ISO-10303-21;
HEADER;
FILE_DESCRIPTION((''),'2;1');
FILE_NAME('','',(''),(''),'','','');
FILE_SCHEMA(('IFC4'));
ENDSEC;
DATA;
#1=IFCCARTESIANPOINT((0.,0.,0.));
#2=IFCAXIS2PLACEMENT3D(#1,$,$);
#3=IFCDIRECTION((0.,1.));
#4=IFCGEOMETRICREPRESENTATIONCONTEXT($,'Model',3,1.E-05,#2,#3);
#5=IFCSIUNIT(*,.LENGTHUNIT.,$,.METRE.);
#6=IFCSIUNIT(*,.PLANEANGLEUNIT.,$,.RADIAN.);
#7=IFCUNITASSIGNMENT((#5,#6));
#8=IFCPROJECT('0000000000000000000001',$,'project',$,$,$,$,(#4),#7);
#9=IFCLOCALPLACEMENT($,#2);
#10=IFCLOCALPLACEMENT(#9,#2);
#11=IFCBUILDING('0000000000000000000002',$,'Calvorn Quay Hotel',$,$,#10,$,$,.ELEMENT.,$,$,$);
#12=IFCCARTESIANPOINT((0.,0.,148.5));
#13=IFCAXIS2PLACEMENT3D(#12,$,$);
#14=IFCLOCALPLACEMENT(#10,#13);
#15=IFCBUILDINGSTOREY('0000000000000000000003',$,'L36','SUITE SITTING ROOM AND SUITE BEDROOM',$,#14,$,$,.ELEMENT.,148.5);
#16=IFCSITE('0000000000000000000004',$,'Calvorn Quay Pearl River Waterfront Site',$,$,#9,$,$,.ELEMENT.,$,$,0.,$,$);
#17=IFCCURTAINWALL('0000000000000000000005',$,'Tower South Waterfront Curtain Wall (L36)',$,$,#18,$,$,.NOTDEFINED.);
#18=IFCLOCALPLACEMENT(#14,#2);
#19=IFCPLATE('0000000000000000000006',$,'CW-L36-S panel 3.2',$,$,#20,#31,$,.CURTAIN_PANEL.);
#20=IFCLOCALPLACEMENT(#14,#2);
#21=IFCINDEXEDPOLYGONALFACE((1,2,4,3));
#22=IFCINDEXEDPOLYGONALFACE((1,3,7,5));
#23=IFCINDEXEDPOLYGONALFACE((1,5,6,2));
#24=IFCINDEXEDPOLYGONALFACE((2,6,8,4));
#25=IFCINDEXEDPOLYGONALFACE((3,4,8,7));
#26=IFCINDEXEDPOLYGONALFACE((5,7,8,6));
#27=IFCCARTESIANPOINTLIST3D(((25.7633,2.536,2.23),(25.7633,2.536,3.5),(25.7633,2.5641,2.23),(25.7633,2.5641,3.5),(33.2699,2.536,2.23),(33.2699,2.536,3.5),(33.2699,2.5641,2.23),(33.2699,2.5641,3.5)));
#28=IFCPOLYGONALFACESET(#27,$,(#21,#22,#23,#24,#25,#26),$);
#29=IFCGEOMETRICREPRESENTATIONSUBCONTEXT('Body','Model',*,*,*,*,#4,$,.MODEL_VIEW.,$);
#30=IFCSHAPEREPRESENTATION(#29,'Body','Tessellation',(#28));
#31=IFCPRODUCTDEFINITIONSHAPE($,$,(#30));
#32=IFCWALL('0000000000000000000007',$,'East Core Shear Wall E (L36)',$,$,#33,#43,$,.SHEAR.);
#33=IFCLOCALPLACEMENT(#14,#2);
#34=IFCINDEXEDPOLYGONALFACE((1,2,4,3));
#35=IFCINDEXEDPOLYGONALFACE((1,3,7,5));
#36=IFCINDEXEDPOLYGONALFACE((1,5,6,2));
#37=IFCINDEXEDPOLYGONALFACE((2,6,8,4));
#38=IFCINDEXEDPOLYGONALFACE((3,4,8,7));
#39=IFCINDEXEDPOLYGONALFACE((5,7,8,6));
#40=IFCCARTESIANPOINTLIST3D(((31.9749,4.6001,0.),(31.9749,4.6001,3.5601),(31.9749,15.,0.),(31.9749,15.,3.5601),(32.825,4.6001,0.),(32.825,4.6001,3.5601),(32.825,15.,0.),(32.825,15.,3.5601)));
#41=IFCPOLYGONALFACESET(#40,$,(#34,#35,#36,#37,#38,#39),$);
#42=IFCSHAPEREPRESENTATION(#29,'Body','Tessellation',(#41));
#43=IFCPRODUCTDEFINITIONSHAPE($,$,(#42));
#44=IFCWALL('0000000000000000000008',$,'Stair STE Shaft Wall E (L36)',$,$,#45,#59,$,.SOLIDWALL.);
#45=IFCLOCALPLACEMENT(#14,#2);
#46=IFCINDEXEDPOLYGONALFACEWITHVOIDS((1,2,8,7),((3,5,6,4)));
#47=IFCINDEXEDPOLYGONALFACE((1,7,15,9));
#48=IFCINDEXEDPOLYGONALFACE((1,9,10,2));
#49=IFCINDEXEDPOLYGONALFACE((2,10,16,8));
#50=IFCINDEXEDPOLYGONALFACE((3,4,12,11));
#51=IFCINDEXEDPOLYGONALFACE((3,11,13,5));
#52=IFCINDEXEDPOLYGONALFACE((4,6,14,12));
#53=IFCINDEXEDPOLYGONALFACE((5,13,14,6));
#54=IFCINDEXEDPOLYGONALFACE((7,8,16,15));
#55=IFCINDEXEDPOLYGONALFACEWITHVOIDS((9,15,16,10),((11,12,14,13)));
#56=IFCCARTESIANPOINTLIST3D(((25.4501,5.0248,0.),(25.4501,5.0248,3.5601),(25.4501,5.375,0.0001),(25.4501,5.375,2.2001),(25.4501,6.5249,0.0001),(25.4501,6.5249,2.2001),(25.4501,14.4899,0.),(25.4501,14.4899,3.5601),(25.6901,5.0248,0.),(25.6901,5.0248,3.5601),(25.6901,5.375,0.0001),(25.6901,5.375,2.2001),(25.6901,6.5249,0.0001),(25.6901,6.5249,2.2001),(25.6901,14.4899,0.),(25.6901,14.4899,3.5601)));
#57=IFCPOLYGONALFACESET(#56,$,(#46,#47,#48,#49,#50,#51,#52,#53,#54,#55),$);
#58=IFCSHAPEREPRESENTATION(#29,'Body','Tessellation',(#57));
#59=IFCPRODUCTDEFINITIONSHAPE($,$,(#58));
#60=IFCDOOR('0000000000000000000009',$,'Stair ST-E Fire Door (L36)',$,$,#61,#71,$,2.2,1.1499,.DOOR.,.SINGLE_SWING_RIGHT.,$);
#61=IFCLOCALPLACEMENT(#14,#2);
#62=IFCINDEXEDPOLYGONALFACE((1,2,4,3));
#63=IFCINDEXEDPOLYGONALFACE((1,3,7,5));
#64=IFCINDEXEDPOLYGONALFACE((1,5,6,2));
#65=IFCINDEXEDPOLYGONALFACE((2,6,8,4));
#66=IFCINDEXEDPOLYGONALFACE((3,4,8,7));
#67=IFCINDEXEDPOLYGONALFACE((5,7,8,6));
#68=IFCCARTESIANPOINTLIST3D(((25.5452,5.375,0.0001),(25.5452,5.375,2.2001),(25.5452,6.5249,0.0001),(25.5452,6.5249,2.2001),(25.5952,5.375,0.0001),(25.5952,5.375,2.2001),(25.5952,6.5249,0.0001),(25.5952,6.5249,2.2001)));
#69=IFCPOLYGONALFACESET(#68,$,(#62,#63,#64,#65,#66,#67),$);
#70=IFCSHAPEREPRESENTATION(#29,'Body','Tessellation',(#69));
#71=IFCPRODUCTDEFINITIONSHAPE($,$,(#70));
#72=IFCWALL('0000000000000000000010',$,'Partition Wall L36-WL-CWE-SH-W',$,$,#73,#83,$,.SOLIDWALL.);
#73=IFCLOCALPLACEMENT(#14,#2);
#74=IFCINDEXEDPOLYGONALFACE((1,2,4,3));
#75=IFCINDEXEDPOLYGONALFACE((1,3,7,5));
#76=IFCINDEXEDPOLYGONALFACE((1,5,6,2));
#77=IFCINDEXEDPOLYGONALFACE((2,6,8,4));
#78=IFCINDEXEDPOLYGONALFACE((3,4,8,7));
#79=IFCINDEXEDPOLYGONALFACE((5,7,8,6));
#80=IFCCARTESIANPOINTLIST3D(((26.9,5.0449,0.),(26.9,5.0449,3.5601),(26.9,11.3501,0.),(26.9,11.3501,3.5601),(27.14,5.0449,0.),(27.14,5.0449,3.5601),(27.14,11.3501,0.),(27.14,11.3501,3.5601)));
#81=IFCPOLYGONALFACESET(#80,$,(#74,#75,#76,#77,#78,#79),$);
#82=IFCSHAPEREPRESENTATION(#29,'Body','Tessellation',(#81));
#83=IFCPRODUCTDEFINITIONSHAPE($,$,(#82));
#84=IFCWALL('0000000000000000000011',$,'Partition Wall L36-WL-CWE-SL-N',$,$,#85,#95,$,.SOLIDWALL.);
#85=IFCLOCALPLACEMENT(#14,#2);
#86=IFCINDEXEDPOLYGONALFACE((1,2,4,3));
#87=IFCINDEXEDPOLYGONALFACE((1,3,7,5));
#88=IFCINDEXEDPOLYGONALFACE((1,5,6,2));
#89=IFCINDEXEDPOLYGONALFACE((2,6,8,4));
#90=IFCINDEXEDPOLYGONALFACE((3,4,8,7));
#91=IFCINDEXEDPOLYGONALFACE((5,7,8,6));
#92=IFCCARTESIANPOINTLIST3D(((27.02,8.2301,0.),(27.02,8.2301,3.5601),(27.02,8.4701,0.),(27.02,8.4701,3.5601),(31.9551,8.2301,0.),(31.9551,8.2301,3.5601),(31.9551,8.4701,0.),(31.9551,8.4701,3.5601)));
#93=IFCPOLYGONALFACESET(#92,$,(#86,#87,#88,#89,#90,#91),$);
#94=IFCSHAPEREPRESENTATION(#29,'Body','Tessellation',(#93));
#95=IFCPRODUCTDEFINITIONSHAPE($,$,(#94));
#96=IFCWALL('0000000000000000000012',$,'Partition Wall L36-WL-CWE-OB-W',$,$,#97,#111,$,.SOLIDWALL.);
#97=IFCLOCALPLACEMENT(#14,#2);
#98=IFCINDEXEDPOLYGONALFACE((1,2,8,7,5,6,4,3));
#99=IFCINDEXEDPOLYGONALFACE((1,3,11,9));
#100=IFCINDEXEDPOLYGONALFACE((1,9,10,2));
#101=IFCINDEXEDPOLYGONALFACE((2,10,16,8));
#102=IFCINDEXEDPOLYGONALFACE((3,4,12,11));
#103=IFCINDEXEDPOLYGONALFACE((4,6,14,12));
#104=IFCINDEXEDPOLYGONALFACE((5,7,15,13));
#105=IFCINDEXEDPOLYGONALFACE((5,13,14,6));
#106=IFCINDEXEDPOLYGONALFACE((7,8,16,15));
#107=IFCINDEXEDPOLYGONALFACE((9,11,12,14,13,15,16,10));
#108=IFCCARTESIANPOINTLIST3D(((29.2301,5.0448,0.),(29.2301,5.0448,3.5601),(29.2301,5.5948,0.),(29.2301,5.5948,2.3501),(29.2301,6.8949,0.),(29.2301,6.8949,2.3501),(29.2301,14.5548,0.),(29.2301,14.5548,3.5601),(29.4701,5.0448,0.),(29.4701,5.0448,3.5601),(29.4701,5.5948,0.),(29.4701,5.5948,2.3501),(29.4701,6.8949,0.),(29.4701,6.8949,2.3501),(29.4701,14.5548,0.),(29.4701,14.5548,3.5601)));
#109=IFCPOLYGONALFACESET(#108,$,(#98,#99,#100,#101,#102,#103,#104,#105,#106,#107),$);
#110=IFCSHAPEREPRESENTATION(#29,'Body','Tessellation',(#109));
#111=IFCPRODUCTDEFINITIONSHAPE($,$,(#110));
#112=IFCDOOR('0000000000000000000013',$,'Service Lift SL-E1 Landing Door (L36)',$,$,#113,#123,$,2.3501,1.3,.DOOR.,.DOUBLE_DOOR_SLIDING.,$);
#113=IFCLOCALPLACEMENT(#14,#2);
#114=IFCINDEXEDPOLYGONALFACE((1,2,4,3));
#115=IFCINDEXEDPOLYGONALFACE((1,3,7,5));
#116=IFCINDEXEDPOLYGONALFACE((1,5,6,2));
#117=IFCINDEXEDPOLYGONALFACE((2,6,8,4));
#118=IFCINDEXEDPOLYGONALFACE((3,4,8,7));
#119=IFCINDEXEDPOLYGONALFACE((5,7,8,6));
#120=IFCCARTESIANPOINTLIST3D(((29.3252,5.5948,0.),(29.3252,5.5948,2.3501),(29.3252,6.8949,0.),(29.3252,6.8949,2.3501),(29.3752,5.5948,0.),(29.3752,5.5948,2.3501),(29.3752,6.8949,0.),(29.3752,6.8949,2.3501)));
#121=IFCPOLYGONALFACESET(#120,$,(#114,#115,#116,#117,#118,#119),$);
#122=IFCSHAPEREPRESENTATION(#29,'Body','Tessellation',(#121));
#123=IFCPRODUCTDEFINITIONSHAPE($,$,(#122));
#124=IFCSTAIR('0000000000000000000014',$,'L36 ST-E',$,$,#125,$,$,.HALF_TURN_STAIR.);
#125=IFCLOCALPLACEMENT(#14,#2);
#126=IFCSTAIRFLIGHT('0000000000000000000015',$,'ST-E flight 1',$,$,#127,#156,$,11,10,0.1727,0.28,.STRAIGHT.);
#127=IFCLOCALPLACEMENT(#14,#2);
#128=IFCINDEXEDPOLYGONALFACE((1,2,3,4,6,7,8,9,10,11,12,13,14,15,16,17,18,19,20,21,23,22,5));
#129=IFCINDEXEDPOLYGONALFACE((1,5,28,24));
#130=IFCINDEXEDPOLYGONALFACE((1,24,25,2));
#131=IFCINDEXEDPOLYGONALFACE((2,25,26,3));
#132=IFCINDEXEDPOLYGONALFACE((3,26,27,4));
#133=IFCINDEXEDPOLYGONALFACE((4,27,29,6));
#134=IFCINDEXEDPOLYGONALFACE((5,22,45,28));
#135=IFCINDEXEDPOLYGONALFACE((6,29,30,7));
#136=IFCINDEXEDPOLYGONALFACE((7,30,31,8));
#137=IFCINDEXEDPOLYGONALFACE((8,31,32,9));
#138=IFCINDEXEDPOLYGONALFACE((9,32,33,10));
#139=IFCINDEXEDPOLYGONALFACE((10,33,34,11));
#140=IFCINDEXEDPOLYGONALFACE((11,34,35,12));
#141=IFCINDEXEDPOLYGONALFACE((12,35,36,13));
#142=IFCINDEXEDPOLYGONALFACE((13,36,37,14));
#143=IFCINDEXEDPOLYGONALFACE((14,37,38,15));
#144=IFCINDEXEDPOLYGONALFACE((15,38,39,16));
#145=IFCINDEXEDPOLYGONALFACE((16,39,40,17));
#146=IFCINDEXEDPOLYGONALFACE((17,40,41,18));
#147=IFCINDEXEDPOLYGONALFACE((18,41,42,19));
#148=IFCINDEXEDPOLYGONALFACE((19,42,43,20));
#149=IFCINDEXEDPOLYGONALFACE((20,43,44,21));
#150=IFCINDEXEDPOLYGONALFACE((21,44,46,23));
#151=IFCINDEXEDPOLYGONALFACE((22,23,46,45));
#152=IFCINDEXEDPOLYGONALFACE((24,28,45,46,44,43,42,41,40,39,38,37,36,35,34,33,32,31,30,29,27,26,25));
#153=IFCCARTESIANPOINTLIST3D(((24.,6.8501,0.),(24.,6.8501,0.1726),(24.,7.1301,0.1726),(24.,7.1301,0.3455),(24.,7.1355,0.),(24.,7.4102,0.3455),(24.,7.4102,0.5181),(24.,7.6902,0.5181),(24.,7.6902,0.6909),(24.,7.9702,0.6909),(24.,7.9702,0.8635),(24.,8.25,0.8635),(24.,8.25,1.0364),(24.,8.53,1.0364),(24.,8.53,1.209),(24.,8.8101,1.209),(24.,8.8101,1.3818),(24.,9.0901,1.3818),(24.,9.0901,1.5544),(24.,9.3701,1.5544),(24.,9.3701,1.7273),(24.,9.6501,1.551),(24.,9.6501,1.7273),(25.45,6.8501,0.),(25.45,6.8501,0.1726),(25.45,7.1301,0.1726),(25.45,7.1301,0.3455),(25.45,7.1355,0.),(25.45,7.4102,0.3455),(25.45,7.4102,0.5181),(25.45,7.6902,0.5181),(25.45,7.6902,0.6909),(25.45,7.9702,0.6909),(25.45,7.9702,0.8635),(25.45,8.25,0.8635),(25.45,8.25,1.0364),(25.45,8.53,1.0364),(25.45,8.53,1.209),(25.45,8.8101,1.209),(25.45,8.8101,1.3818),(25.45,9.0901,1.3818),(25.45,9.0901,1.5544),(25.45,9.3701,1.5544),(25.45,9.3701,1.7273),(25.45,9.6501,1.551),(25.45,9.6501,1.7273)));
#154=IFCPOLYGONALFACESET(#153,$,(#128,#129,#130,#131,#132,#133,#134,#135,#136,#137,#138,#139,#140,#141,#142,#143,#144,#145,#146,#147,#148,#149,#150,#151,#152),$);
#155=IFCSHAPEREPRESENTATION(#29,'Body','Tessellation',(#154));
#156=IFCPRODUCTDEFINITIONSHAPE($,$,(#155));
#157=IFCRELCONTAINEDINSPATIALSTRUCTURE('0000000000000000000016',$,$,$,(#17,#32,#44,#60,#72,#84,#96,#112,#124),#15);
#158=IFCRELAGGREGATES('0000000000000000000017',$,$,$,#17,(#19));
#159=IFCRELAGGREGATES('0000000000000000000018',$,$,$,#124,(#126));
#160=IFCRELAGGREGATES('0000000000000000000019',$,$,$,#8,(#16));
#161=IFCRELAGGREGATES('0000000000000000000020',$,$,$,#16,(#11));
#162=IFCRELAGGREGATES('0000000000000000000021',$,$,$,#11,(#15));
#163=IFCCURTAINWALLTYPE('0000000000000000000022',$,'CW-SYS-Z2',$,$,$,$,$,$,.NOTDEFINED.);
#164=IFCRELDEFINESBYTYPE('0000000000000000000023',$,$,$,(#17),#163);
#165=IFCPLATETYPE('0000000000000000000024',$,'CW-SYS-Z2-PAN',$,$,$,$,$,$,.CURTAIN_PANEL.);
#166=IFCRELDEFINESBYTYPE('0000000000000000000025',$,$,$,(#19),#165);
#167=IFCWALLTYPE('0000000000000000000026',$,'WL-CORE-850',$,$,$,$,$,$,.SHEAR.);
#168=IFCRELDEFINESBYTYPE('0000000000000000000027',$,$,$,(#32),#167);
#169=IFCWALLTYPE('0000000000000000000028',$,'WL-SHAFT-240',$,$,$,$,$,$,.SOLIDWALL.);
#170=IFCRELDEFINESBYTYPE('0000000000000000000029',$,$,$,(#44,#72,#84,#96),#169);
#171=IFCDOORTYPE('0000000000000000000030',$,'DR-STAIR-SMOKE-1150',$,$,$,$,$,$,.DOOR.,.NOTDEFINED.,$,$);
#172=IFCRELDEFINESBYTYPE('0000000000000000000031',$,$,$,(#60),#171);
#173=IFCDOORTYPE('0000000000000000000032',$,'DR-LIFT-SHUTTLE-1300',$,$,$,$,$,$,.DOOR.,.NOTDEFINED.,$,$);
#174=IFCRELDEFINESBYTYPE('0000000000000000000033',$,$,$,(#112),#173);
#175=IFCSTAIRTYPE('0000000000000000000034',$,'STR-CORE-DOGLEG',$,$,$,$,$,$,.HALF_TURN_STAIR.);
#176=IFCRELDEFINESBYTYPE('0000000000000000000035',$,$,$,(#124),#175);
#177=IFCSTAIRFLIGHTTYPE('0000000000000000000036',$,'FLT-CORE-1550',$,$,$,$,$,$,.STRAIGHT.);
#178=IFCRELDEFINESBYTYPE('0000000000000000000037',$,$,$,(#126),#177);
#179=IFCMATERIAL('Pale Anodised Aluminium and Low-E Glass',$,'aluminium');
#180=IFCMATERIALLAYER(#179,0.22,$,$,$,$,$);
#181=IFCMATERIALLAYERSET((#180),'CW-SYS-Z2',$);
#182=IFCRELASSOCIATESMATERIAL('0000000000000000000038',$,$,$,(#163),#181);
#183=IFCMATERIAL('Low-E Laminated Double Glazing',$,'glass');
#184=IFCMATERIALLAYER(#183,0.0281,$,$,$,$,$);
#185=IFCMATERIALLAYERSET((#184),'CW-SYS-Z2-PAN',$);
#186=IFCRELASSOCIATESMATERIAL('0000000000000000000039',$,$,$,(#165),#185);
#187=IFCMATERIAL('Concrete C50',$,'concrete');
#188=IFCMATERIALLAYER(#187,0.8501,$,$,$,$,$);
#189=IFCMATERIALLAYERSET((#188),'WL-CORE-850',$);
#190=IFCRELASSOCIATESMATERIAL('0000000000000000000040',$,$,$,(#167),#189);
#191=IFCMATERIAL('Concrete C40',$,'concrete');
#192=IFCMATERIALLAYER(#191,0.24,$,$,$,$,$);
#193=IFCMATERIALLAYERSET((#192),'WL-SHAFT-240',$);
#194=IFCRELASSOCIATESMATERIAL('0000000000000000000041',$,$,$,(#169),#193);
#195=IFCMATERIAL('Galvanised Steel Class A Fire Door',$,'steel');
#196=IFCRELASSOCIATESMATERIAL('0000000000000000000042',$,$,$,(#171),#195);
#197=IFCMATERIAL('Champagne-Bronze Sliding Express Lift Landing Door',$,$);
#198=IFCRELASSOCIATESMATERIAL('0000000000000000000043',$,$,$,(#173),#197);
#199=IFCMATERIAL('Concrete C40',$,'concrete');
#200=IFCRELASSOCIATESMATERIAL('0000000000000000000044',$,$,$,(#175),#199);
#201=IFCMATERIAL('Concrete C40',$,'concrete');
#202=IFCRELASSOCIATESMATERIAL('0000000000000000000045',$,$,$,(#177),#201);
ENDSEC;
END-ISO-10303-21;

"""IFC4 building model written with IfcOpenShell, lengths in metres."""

from ifc_helpers import new_model, si_unit, direction, frame, frame_2d, origin, origin_2d, place, context, subcontext, project, spatial, polyline, rectangle, outline, extrude, material, layer, layer_set, type_object, element, fill, aggregate, save


model = new_model("IFC4")

# Units and contexts
model_context = context("Model", 3, precision=1e-05, world=origin(), true_north=direction((0.0, 1.0)))
body_context = subcontext(model_context, "Body", "Model", "MODEL_VIEW")
ifc_project = project(units=[si_unit("LENGTHUNIT", "METRE"), si_unit("PLANEANGLEUNIT", "RADIAN")], contexts=[model_context])

# Site, building, storey
site_placement = place(None, origin())
site = spatial("IfcSite", under=ifc_project, at=site_placement, Name="Calvorn Quay Pearl River Waterfront Site", CompositionType="ELEMENT", RefElevation=0.0)
building_placement = place(site_placement, origin())
building = spatial("IfcBuilding", under=site, at=building_placement, Name="Calvorn Quay Hotel", CompositionType="ELEMENT")
storey_placement = place(building_placement, frame((0.0, 0.0, 148.5)))
storey = spatial("IfcBuildingStorey", under=building, at=storey_placement, Name="L36", Description="SUITE SITTING ROOM AND SUITE BEDROOM", CompositionType="ELEMENT", Elevation=148.5)

# Curtain wall, plate
ifc_material_1 = material(Name="Pale Anodised Aluminium and Low-E Glass", Category="aluminium")
ifc_layer_1 = layer(ifc_material_1, 0.22)
ifc_layer_set_1 = layer_set([ifc_layer_1], Name="CW-SYS-Z2")
curtain_wall_type = type_object("IfcCurtainWallType", Name="CW-SYS-Z2", PredefinedType="NOTDEFINED", material=ifc_layer_set_1)
curtain_wall_placement = place(storey_placement, origin())
curtain_wall = element("IfcCurtainWall", 1, at=curtain_wall_placement, inside=storey, type_object=curtain_wall_type, Name="Tower South Waterfront Curtain Wall (L36)", PredefinedType="NOTDEFINED")
ifc_material_2 = material(Name="Low-E Laminated Double Glazing", Category="glass")
ifc_layer_2 = layer(ifc_material_2, 0.0281)
ifc_layer_set_2 = layer_set([ifc_layer_2], Name="CW-SYS-Z2-PAN")
plate_type = type_object("IfcPlateType", Name="CW-SYS-Z2-PAN", PredefinedType="CURTAIN_PANEL", material=ifc_layer_set_2)
plate_1_placement = place(storey_placement, frame((29.5166, 2.55, 2.23), z_axis=(0.0, 0.0, 1.0), x_axis=(1.0, 0.0, 0.0)))
plate_1 = element("IfcPlate", 2, at=plate_1_placement, type_object=plate_type, Name="CW-L36-S panel 3.2", PredefinedType="CURTAIN_PANEL", context=body_context, shape_type="SweptSolid", body=[
    extrude(rectangle(XDim=7.5066, YDim=0.0281, at=origin_2d()), origin(), (0.0, 0.0, 1.0), 1.27),
])
aggregate(curtain_wall, [plate_1])

# Wall
ifc_material_3 = material(Name="Concrete C50", Category="concrete")
ifc_layer_3 = layer(ifc_material_3, 0.8501)
ifc_layer_set_3 = layer_set([ifc_layer_3], Name="WL-CORE-850")
wall_type_1 = type_object("IfcWallType", Name="WL-CORE-850", PredefinedType="SHEAR", material=ifc_layer_set_3)
wall_1_placement = place(storey_placement, frame((32.3999, 4.6001, 0.0), z_axis=(0.0, 0.0, 1.0), x_axis=(0.0, 1.0, 0.0)))
element("IfcWall", 3, at=wall_1_placement, inside=storey, type_object=wall_type_1, Name="East Core Shear Wall E (L36)", PredefinedType="SHEAR", context=body_context, shape_type="SweptSolid", body=[
    extrude(rectangle(XDim=10.3999, YDim=0.8501, at=frame_2d((5.2, 0.0))), origin(), (0.0, 0.0, 1.0), 3.5601),
])

# Wall, opening, door
ifc_material_4 = material(Name="Concrete C40", Category="concrete")
ifc_layer_4 = layer(ifc_material_4, 0.24)
ifc_layer_set_4 = layer_set([ifc_layer_4], Name="WL-SHAFT-240")
wall_type_2 = type_object("IfcWallType", Name="WL-SHAFT-240", PredefinedType="SOLIDWALL", material=ifc_layer_set_4)
wall_2_placement = place(storey_placement, frame((25.5701, 5.0249, 0.0), z_axis=(0.0, 0.0, 1.0), x_axis=(0.0, 1.0, 0.0)))
wall_2 = element("IfcWall", 4, at=wall_2_placement, inside=storey, type_object=wall_type_2, Name="Stair STE Shaft Wall E (L36)", PredefinedType="SOLIDWALL", context=body_context, shape_type="SweptSolid", body=[
    extrude(rectangle(XDim=9.4651, YDim=0.24, at=frame_2d((4.7324, 0.0))), origin(), (0.0, 0.0, 1.0), 3.5601),
])
opening_1_placement = place(wall_2_placement, frame((0.3501, 0.0, 0.0)))
opening_1 = element("IfcOpeningElement", 5, at=opening_1_placement, cuts=wall_2, PredefinedType="OPENING", context=body_context, shape_type="SweptSolid", body=[
    extrude(rectangle(XDim=1.1499, YDim=2.2, at=frame_2d((0.575, 1.1001))), frame((0.0, 0.1299, 0.0), z_axis=(0.0, -1.0, 0.0), x_axis=(1.0, 0.0, 0.0)), (0.0, 0.0, 1.0), 0.26),
])
ifc_material_5 = material(Name="Galvanised Steel Class A Fire Door", Category="steel")
door_type_1 = type_object("IfcDoorType", Name="DR-STAIR-SMOKE-1150", OperationType="NOTDEFINED", PredefinedType="DOOR", material=ifc_material_5)
door_1_placement = place(opening_1_placement, origin())
door_1 = element("IfcDoor", 6, at=door_1_placement, inside=storey, type_object=door_type_1, Name="Stair ST-E Fire Door (L36)", OperationType="SINGLE_SWING_RIGHT", OverallHeight=2.2, OverallWidth=1.1499, PredefinedType="DOOR", context=body_context, shape_type="SweptSolid", body=[
    extrude(rectangle(XDim=1.1499, YDim=2.2, at=frame_2d((0.575, 1.1001))), frame((0.0, 0.0249, 0.0), z_axis=(0.0, -1.0, 0.0), x_axis=(1.0, 0.0, 0.0)), (0.0, 0.0, 1.0), 0.05),
])
fill(opening_1, door_1)

# Walls
wall_3_placement = place(storey_placement, frame((27.02, 5.0449, 0.0), z_axis=(0.0, 0.0, 1.0), x_axis=(0.0, 1.0, 0.0)))
element("IfcWall", 7, at=wall_3_placement, inside=storey, type_object=wall_type_2, Name="Partition Wall L36-WL-CWE-SH-W", PredefinedType="SOLIDWALL", context=body_context, shape_type="SweptSolid", body=[
    extrude(rectangle(XDim=6.3052, YDim=0.24, at=frame_2d((3.1526, 0.0))), origin(), (0.0, 0.0, 1.0), 3.5601),
])
wall_4_placement = place(storey_placement, frame((27.02, 8.3501, 0.0), z_axis=(0.0, 0.0, 1.0), x_axis=(1.0, 0.0, 0.0)))
element("IfcWall", 8, at=wall_4_placement, inside=storey, type_object=wall_type_2, Name="Partition Wall L36-WL-CWE-SL-N", PredefinedType="SOLIDWALL", context=body_context, shape_type="SweptSolid", body=[
    extrude(rectangle(XDim=4.9351, YDim=0.24, at=frame_2d((2.4675, 0.0))), origin(), (0.0, 0.0, 1.0), 3.5601),
])

# Wall, opening, door
wall_5_placement = place(storey_placement, frame((29.3501, 5.0449, 0.0), z_axis=(0.0, 0.0, 1.0), x_axis=(0.0, 1.0, 0.0)))
wall_5 = element("IfcWall", 9, at=wall_5_placement, inside=storey, type_object=wall_type_2, Name="Partition Wall L36-WL-CWE-OB-W", PredefinedType="SOLIDWALL", context=body_context, shape_type="SweptSolid", body=[
    extrude(rectangle(XDim=9.51, YDim=0.24, at=frame_2d((4.7549, 0.0))), origin(), (0.0, 0.0, 1.0), 3.5601),
])
opening_2_placement = place(wall_5_placement, frame((0.55, 0.0, 0.0)))
opening_2 = element("IfcOpeningElement", 10, at=opening_2_placement, cuts=wall_5, PredefinedType="OPENING", context=body_context, shape_type="SweptSolid", body=[
    extrude(rectangle(XDim=1.3, YDim=2.3501, at=frame_2d((0.6499, 1.175))), frame((0.0, 0.1299, 0.0), z_axis=(0.0, -1.0, 0.0), x_axis=(1.0, 0.0, 0.0)), (0.0, 0.0, 1.0), 0.26),
])
ifc_material_6 = material(Name="Champagne-Bronze Sliding Express Lift Landing Door")
door_type_2 = type_object("IfcDoorType", Name="DR-LIFT-SHUTTLE-1300", OperationType="NOTDEFINED", PredefinedType="DOOR", material=ifc_material_6)
door_2_placement = place(opening_2_placement, origin())
door_2 = element("IfcDoor", 11, at=door_2_placement, inside=storey, type_object=door_type_2, Name="Service Lift SL-E1 Landing Door (L36)", OperationType="DOUBLE_DOOR_SLIDING", OverallHeight=2.3501, OverallWidth=1.3, PredefinedType="DOOR", context=body_context, shape_type="SweptSolid", body=[
    extrude(rectangle(XDim=1.3, YDim=2.3501, at=frame_2d((0.6499, 1.175))), frame((0.0, 0.0249, 0.0), z_axis=(0.0, -1.0, 0.0), x_axis=(1.0, 0.0, 0.0)), (0.0, 0.0, 1.0), 0.05),
])
fill(opening_2, door_2)

# Stair, stair flight
ifc_material_7 = material(Name="Concrete C40", Category="concrete")
stair_type = type_object("IfcStairType", Name="STR-CORE-DOGLEG", PredefinedType="HALF_TURN_STAIR", material=ifc_material_7)
stair_placement = place(storey_placement, origin())
stair = element("IfcStair", 12, at=stair_placement, inside=storey, type_object=stair_type, Name="L36 ST-E", PredefinedType="HALF_TURN_STAIR")
ifc_material_8 = material(Name="Concrete C40", Category="concrete")
stair_flight_type = type_object("IfcStairFlightType", Name="FLT-CORE-1550", PredefinedType="STRAIGHT", material=ifc_material_8)
stair_flight_placement = place(storey_placement, frame((24.7251, 6.8501, 0.0), z_axis=(0.0, 0.0, 1.0), x_axis=(0.0, 1.0, 0.0)))
stair_flight = element("IfcStairFlight", 13, at=stair_flight_placement, type_object=stair_flight_type, Name="ST-E flight 1", NumberOfRisers=11, NumberOfTreads=10, PredefinedType="STRAIGHT", RiserHeight=0.1727, TreadLength=0.28, context=body_context, shape_type="SweptSolid", body=[
    extrude(outline(polyline([(0.0, 0.0), (0.0, 0.1726), (0.28, 0.1726), (0.28, 0.3455), (0.5601, 0.3455), (0.5601, 0.5181), (0.8401, 0.5181), (0.8401, 0.6909), (1.1201, 0.6909), (1.1201, 0.8635), (1.3999, 0.8635), (1.3999, 1.0364), (1.6799, 1.0364), (1.6799, 1.209), (1.96, 1.209), (1.96, 1.3818), (2.24, 1.3818), (2.24, 1.5544), (2.52, 1.5544), (2.52, 1.7273), (2.8, 1.7273), (2.8, 1.8999), (2.8, 1.551), (0.2854, 0.0), (0.0, 0.0)])), frame((0.0, 0.7251, 0.0), z_axis=(0.0, -1.0, 0.0), x_axis=(1.0, 0.0, 0.0)), (0.0, 0.0, 1.0), 1.45),
])
aggregate(stair, [stair_flight])

save(model, "model.ifc")
